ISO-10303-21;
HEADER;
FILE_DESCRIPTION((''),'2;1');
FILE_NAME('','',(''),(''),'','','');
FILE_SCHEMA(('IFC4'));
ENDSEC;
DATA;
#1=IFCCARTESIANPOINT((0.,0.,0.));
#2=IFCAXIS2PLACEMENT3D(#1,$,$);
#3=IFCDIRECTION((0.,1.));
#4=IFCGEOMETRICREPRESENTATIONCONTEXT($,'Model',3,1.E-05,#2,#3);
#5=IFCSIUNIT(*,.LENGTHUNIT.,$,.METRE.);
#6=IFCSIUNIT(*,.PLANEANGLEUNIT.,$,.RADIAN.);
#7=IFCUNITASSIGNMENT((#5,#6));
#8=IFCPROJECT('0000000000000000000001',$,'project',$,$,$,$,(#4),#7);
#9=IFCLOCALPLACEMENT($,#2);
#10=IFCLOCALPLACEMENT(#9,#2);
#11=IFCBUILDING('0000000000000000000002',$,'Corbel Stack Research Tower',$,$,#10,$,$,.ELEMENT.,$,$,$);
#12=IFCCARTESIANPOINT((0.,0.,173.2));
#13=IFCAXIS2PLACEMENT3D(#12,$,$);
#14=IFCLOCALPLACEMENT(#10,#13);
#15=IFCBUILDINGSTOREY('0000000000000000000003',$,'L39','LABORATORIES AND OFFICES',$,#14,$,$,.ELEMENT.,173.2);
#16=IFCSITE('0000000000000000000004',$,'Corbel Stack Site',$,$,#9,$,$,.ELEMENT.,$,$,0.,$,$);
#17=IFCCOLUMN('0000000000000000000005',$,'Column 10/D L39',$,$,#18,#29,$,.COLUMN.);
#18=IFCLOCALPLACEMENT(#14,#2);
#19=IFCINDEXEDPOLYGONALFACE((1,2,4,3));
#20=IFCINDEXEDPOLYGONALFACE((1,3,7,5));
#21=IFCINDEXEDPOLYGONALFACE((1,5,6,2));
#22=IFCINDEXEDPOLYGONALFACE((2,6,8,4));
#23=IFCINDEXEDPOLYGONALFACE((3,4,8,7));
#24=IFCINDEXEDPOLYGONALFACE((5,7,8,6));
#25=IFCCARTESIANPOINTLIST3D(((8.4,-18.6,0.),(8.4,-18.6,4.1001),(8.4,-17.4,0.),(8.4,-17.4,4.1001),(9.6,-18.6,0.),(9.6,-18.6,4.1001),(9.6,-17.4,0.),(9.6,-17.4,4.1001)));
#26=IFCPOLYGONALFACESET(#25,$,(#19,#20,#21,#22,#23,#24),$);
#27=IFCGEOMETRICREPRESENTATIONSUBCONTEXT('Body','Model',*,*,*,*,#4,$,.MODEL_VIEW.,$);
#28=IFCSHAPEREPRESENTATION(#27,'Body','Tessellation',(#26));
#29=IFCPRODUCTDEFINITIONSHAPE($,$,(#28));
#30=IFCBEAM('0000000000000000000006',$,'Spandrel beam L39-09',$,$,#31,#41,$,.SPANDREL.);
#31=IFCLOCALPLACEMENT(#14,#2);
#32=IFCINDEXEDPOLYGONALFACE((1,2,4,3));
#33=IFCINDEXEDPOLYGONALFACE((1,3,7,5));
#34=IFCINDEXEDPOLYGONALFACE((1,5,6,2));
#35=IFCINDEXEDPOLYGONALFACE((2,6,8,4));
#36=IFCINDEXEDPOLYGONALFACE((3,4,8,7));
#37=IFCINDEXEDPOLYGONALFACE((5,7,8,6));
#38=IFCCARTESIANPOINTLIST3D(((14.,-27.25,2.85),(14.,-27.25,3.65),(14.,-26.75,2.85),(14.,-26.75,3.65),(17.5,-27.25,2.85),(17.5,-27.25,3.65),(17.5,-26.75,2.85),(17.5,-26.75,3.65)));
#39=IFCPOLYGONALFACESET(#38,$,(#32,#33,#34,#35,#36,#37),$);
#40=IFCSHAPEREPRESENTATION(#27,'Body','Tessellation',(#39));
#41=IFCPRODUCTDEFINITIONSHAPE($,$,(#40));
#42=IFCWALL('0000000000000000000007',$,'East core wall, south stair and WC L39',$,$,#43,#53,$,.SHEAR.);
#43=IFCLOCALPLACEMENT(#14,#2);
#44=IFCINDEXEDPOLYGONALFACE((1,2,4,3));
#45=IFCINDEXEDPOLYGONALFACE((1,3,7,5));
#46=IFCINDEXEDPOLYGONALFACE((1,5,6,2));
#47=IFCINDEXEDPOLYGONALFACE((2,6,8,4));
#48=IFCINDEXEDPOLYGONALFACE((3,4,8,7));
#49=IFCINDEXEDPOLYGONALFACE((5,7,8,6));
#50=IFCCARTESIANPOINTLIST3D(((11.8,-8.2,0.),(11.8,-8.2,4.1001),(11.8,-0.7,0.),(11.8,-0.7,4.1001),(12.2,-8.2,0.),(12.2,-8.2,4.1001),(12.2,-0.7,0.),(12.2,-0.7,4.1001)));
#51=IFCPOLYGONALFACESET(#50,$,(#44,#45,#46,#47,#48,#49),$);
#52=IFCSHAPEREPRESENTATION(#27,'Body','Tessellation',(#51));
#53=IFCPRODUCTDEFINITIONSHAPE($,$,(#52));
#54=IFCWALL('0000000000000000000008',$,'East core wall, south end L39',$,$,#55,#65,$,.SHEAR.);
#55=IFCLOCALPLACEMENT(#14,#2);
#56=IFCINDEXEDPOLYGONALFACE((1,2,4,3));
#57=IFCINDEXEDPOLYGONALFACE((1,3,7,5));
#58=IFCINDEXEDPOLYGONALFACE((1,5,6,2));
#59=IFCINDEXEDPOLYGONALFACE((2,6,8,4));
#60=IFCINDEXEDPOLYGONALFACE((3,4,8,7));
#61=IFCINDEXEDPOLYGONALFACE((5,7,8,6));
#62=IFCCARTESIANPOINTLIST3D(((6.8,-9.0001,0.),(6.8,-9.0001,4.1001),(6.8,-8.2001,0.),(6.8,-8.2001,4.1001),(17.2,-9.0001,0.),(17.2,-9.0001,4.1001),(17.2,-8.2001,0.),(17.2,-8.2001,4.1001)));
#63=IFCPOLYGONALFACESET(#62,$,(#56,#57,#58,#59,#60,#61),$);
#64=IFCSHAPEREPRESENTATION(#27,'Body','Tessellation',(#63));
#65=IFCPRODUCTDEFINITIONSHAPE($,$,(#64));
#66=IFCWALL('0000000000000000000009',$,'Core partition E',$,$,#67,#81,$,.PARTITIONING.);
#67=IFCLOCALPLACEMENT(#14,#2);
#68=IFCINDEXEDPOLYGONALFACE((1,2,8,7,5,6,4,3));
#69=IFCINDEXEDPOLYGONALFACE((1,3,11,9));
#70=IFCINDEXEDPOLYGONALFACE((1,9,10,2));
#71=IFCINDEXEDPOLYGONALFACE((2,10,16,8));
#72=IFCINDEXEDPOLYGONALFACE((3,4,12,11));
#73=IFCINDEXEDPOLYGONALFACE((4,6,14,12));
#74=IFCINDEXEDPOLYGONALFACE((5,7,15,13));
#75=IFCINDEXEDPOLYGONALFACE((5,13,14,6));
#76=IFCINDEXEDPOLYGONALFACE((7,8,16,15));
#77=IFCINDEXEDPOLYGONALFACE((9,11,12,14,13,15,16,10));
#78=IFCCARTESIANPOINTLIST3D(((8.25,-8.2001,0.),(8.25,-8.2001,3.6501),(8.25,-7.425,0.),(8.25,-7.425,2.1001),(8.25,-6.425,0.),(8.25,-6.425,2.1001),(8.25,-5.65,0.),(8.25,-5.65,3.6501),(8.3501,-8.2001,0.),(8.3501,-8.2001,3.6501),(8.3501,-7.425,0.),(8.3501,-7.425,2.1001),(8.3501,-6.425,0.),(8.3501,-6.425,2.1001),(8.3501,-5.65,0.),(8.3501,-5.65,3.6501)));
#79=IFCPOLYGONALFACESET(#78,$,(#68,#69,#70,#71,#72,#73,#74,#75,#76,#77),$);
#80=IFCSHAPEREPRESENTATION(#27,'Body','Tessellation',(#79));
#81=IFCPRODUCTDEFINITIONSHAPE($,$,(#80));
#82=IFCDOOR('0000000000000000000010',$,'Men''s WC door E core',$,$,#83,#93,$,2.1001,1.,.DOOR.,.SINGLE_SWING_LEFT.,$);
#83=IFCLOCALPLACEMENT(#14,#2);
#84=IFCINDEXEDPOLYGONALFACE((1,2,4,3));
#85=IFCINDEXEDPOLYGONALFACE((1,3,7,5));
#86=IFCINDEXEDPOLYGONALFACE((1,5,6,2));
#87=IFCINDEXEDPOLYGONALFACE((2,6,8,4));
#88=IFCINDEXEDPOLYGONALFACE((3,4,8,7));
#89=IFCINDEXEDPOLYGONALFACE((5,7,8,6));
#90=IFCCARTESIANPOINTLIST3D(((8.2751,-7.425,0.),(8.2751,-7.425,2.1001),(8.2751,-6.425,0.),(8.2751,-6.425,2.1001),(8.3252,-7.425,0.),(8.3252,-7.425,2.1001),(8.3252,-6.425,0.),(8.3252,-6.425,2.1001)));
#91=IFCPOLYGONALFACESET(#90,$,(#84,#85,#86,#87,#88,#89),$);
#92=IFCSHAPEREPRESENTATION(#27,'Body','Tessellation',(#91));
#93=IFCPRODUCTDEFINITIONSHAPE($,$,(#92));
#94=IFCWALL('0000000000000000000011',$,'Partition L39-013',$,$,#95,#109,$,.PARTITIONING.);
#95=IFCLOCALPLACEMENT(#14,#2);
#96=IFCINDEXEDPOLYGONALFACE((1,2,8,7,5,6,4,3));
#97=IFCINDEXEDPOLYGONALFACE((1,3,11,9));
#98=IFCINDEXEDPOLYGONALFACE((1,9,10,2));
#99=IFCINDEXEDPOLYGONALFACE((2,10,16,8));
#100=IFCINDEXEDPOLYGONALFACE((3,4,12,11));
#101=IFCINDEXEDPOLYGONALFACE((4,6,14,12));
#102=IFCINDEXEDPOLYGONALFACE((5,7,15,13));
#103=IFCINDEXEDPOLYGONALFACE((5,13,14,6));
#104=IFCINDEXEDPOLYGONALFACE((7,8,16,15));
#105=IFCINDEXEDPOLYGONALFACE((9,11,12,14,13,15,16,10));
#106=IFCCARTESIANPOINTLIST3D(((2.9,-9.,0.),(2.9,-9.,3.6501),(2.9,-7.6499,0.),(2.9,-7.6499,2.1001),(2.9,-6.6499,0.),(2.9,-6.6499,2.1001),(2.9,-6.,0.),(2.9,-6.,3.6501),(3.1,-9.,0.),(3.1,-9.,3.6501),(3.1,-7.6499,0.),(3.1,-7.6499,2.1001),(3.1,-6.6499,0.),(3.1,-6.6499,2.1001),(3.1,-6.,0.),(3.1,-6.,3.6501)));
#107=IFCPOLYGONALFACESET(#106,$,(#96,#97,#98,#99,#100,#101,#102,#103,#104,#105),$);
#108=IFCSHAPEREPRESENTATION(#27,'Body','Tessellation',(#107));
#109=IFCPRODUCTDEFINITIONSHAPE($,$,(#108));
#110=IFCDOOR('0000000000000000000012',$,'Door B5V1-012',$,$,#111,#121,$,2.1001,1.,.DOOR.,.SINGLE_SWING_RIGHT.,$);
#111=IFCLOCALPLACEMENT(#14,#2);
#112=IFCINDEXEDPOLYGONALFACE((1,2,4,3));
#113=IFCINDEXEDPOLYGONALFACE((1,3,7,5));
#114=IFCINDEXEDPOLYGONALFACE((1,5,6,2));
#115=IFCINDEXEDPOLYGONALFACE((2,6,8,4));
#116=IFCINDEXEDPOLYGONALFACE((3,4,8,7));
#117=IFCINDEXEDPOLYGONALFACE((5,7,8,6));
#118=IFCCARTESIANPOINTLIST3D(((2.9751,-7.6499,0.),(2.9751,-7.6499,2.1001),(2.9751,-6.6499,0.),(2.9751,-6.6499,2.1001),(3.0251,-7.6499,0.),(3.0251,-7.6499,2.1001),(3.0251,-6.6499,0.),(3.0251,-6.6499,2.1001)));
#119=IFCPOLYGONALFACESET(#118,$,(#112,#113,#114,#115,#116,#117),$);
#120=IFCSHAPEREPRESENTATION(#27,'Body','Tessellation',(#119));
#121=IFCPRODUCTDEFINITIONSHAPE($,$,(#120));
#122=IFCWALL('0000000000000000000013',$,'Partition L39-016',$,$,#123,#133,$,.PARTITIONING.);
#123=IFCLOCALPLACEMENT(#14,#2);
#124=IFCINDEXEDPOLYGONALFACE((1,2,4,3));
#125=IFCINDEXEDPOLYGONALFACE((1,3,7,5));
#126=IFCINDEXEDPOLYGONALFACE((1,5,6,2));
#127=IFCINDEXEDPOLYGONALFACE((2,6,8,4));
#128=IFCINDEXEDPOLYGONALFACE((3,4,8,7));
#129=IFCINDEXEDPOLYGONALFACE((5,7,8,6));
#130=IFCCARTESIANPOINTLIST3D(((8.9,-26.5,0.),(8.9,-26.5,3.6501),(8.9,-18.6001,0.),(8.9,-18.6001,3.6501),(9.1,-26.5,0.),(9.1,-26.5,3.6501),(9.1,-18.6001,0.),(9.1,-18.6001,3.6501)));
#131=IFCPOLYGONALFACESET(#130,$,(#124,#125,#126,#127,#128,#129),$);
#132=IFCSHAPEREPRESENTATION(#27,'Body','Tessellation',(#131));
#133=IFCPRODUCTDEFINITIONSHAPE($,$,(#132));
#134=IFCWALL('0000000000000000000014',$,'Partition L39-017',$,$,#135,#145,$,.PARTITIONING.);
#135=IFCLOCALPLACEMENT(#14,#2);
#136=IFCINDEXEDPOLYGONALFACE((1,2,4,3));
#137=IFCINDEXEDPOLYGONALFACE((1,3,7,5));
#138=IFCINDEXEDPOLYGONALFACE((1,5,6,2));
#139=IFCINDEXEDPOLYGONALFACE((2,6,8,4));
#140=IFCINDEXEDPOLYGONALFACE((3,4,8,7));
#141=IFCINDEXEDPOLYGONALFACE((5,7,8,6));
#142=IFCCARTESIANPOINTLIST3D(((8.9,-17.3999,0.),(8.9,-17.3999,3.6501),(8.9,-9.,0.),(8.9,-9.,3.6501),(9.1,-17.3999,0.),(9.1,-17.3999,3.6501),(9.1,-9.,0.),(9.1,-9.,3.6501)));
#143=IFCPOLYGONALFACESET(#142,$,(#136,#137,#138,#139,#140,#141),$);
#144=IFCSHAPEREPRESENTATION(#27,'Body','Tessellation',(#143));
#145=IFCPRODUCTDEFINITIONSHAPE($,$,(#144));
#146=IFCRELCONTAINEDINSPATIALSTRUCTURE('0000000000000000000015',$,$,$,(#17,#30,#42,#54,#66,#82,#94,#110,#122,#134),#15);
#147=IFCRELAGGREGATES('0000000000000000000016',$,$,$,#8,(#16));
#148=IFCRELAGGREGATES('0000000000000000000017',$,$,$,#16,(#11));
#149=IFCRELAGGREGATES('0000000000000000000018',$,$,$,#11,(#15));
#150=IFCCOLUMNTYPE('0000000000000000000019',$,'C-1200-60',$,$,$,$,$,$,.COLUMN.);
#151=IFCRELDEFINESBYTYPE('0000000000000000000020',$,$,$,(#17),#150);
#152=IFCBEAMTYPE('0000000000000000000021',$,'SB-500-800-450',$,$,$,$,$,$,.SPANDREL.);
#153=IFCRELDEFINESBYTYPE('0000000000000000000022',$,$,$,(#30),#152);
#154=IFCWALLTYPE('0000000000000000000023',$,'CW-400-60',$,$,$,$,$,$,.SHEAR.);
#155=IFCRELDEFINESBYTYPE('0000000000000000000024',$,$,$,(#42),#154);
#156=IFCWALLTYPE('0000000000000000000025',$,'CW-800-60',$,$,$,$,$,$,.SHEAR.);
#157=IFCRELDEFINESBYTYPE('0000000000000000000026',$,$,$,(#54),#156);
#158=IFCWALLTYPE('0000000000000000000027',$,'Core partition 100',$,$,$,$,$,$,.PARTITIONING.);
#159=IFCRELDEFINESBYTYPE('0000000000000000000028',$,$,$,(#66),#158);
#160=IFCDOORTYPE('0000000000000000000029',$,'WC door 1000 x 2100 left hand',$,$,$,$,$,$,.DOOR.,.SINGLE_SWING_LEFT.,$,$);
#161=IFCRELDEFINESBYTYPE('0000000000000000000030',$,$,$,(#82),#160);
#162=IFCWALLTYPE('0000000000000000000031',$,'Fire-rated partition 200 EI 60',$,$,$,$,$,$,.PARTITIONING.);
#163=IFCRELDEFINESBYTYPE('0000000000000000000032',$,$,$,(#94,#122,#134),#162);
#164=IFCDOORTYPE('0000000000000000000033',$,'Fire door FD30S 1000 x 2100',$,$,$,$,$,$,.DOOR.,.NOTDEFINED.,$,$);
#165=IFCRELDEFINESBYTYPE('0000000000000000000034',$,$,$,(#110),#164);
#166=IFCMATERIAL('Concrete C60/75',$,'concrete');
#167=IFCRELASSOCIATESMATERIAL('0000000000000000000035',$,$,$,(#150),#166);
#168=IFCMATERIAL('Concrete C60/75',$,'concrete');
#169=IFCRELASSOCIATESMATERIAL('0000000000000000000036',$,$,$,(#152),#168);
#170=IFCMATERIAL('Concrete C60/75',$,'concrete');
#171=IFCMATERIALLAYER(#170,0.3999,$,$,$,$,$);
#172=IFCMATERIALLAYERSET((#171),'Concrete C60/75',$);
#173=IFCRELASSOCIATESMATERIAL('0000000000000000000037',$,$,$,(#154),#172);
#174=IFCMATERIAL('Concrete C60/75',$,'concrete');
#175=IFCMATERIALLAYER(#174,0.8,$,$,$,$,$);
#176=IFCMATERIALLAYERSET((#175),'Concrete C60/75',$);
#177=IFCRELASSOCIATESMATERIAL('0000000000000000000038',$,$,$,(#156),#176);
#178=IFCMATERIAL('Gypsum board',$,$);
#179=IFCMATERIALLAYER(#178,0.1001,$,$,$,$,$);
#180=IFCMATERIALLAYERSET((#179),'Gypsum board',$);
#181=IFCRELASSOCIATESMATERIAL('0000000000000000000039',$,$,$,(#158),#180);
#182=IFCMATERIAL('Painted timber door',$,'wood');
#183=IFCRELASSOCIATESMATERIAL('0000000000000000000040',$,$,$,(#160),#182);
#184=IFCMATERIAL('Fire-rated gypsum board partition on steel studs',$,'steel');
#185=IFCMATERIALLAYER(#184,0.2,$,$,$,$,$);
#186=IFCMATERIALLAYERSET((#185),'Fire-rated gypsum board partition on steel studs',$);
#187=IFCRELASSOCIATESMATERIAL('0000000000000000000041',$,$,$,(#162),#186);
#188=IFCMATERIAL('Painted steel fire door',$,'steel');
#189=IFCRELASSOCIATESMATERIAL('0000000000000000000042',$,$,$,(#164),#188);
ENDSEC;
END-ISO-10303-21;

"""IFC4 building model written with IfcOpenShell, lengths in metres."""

from ifc_helpers import new_model, si_unit, direction, frame, frame_2d, origin, origin_2d, place, context, subcontext, project, spatial, rectangle, extrude, material, layer, layer_set, material_profile, profile_set, type_object, element, fill, save


model = new_model("IFC4")

# Units and contexts
model_context = context("Model", 3, precision=1e-05, world=origin(), true_north=direction((0.0, 1.0)))
body_context = subcontext(model_context, "Body", "Model", "MODEL_VIEW")
ifc_project = project(units=[si_unit("LENGTHUNIT", "METRE"), si_unit("PLANEANGLEUNIT", "RADIAN")], contexts=[model_context])

# Site, building, storey
site_placement = place(None, origin())
site = spatial("IfcSite", under=ifc_project, at=site_placement, Name="Corbel Stack Site", CompositionType="ELEMENT", RefElevation=0.0)
building_placement = place(site_placement, origin())
building = spatial("IfcBuilding", under=site, at=building_placement, Name="Corbel Stack Research Tower", CompositionType="ELEMENT")
storey_placement = place(building_placement, frame((0.0, 0.0, 173.2)))
storey = spatial("IfcBuildingStorey", under=building, at=storey_placement, Name="L39", Description="LABORATORIES AND OFFICES", CompositionType="ELEMENT", Elevation=173.2)

# Column
ifc_material_1 = material(Name="Concrete C60/75", Category="concrete")
ifc_material_profile_1 = material_profile(ifc_material_1, rectangle(XDim=1.2, YDim=1.2, at=origin_2d()), Name="RC 1200 x 1200")
ifc_profile_set_1 = profile_set([ifc_material_profile_1], Name="Concrete C60/75")
column_type = type_object("IfcColumnType", Name="C-1200-60", PredefinedType="COLUMN", material=ifc_profile_set_1)
column_placement = place(storey_placement, frame((9.0, -18.0, 0.0), z_axis=(0.0, 0.0, 1.0), x_axis=(1.0, 0.0, 0.0)))
element("IfcColumn", 1, at=column_placement, inside=storey, type_object=column_type, Name="Column 10/D L39", PredefinedType="COLUMN", context=body_context, shape_type="SweptSolid", body=[
    extrude(rectangle(XDim=1.2, YDim=1.2, at=origin_2d()), origin(), (0.0, 0.0, 1.0), 4.1001),
])

# Beam
ifc_material_2 = material(Name="Concrete C60/75", Category="concrete")
ifc_material_profile_2 = material_profile(ifc_material_2, rectangle(XDim=0.5, YDim=0.8, at=origin_2d()), Name="RC 500 x 800")
ifc_profile_set_2 = profile_set([ifc_material_profile_2], Name="Concrete C60/75")
beam_type = type_object("IfcBeamType", Name="SB-500-800-450", PredefinedType="SPANDREL", material=ifc_profile_set_2)
beam_placement = place(storey_placement, frame((14.0, -27.0, 3.25), z_axis=(1.0, 0.0, 0.0), x_axis=(0.0, 1.0, 0.0)))
element("IfcBeam", 2, at=beam_placement, inside=storey, type_object=beam_type, Name="Spandrel beam L39-09", PredefinedType="SPANDREL", context=body_context, shape_type="SweptSolid", body=[
    extrude(rectangle(XDim=0.5, YDim=0.8, at=origin_2d()), origin(), (0.0, 0.0, 1.0), 3.5),
])

# Wall
ifc_material_3 = material(Name="Concrete C60/75", Category="concrete")
ifc_layer_1 = layer(ifc_material_3, 0.3999)
ifc_layer_set_1 = layer_set([ifc_layer_1], Name="Concrete C60/75")
wall_type_1 = type_object("IfcWallType", Name="CW-400-60", PredefinedType="SHEAR", material=ifc_layer_set_1)
wall_1_placement = place(storey_placement, frame((12.0, -8.2, 0.0), z_axis=(0.0, 0.0, 1.0), x_axis=(0.0, 1.0, 0.0)))
element("IfcWall", 3, at=wall_1_placement, inside=storey, type_object=wall_type_1, Name="East core wall, south stair and WC L39", PredefinedType="SHEAR", context=body_context, shape_type="SweptSolid", body=[
    extrude(rectangle(XDim=7.5, YDim=0.3999, at=frame_2d((3.75, 0.0))), origin(), (0.0, 0.0, 1.0), 4.1001),
])

# Shared definitions
ifc_material_4 = material(Name="Concrete C60/75", Category="concrete")
ifc_layer_2 = layer(ifc_material_4, 0.8)
ifc_layer_set_2 = layer_set([ifc_layer_2], Name="Concrete C60/75")
wall_type_2 = type_object("IfcWallType", Name="CW-800-60", PredefinedType="SHEAR", material=ifc_layer_set_2)

# Wall
wall_2_placement = place(storey_placement, frame((6.8, -8.6001, 0.0), z_axis=(0.0, 0.0, 1.0), x_axis=(1.0, 0.0, 0.0)))
element("IfcWall", 4, at=wall_2_placement, inside=storey, type_object=wall_type_2, Name="East core wall, south end L39", PredefinedType="SHEAR", context=body_context, shape_type="SweptSolid", body=[
    extrude(rectangle(XDim=10.3999, YDim=0.8, at=frame_2d((5.2, 0.0))), origin(), (0.0, 0.0, 1.0), 4.1001),
])

# Walls, openings, doors
ifc_material_5 = material(Name="Gypsum board")
ifc_layer_3 = layer(ifc_material_5, 0.1001)
ifc_layer_set_3 = layer_set([ifc_layer_3], Name="Gypsum board")
wall_type_3 = type_object("IfcWallType", Name="Core partition 100", PredefinedType="PARTITIONING", material=ifc_layer_set_3)
wall_3_placement = place(storey_placement, frame((8.3, -8.2, 0.0), z_axis=(0.0, 0.0, 1.0), x_axis=(0.0, 1.0, 0.0)))
wall_3 = element("IfcWall", 5, at=wall_3_placement, inside=storey, type_object=wall_type_3, Name="Core partition E", PredefinedType="PARTITIONING", context=body_context, shape_type="SweptSolid", body=[
    extrude(rectangle(XDim=2.55, YDim=0.1001, at=frame_2d((1.2749, 0.0))), origin(), (0.0, 0.0, 1.0), 3.6501),
])
opening_1_placement = place(wall_3_placement, frame((0.7749, 0.0, 0.0)))
opening_1 = element("IfcOpeningElement", 6, at=opening_1_placement, cuts=wall_3, PredefinedType="OPENING", context=body_context, shape_type="SweptSolid", body=[
    extrude(rectangle(XDim=1.0, YDim=2.1001, at=frame_2d((0.5, 1.05))), frame((0.0, 0.0601, 0.0), z_axis=(0.0, -1.0, 0.0), x_axis=(1.0, 0.0, 0.0)), (0.0, 0.0, 1.0), 0.1201),
])
ifc_material_6 = material(Name="Painted timber door", Category="wood")
door_type_1 = type_object("IfcDoorType", Name="WC door 1000 x 2100 left hand", OperationType="SINGLE_SWING_LEFT", PredefinedType="DOOR", material=ifc_material_6)
door_1_placement = place(opening_1_placement, origin())
door_1 = element("IfcDoor", 7, at=door_1_placement, inside=storey, type_object=door_type_1, Name="Men's WC door E core", OperationType="SINGLE_SWING_LEFT", OverallHeight=2.1001, OverallWidth=1.0, PredefinedType="DOOR", context=body_context, shape_type="SweptSolid", body=[
    extrude(rectangle(XDim=1.0, YDim=2.1001, at=frame_2d((0.5, 1.05))), frame((0.0, 0.0249, 0.0), z_axis=(0.0, -1.0, 0.0), x_axis=(1.0, 0.0, 0.0)), (0.0, 0.0, 1.0), 0.05),
])
fill(opening_1, door_1)
ifc_material_7 = material(Name="Fire-rated gypsum board partition on steel studs", Category="steel")
ifc_layer_4 = layer(ifc_material_7, 0.2)
ifc_layer_set_4 = layer_set([ifc_layer_4], Name="Fire-rated gypsum board partition on steel studs")
wall_type_4 = type_object("IfcWallType", Name="Fire-rated partition 200 EI 60", PredefinedType="PARTITIONING", material=ifc_layer_set_4)
wall_4_placement = place(storey_placement, frame((3.0, -9.0, 0.0), z_axis=(0.0, 0.0, 1.0), x_axis=(0.0, 1.0, 0.0)))
wall_4 = element("IfcWall", 8, at=wall_4_placement, inside=storey, type_object=wall_type_4, Name="Partition L39-013", PredefinedType="PARTITIONING", context=body_context, shape_type="SweptSolid", body=[
    extrude(rectangle(XDim=3.0, YDim=0.2, at=frame_2d((1.5, 0.0))), origin(), (0.0, 0.0, 1.0), 3.6501),
])
opening_2_placement = place(wall_4_placement, frame((1.3501, 0.0, 0.0)))
opening_2 = element("IfcOpeningElement", 9, at=opening_2_placement, cuts=wall_4, PredefinedType="OPENING", context=body_context, shape_type="SweptSolid", body=[
    extrude(rectangle(XDim=1.0, YDim=2.1001, at=frame_2d((0.5, 1.05))), frame((0.0, 0.1099, 0.0), z_axis=(0.0, -1.0, 0.0), x_axis=(1.0, 0.0, 0.0)), (0.0, 0.0, 1.0), 0.22),
])
ifc_material_8 = material(Name="Painted steel fire door", Category="steel")
door_type_2 = type_object("IfcDoorType", Name="Fire door FD30S 1000 x 2100", OperationType="NOTDEFINED", PredefinedType="DOOR", material=ifc_material_8)
door_2_placement = place(opening_2_placement, origin())
door_2 = element("IfcDoor", 10, at=door_2_placement, inside=storey, type_object=door_type_2, Name="Door B5V1-012", OperationType="SINGLE_SWING_RIGHT", OverallHeight=2.1001, OverallWidth=1.0, PredefinedType="DOOR", context=body_context, shape_type="SweptSolid", body=[
    extrude(rectangle(XDim=1.0, YDim=2.1001, at=frame_2d((0.5, 1.05))), frame((0.0, 0.0249, 0.0), z_axis=(0.0, -1.0, 0.0), x_axis=(1.0, 0.0, 0.0)), (0.0, 0.0, 1.0), 0.05),
])
fill(opening_2, door_2)

# Walls
wall_5_placement = place(storey_placement, frame((9.0, -26.5, 0.0), z_axis=(0.0, 0.0, 1.0), x_axis=(0.0, 1.0, 0.0)))
element("IfcWall", 11, at=wall_5_placement, inside=storey, type_object=wall_type_4, Name="Partition L39-016", PredefinedType="PARTITIONING", context=body_context, shape_type="SweptSolid", body=[
    extrude(rectangle(XDim=7.8999, YDim=0.2, at=frame_2d((3.95, 0.0))), origin(), (0.0, 0.0, 1.0), 3.6501),
])
wall_6_placement = place(storey_placement, frame((9.0, -17.3999, 0.0), z_axis=(0.0, 0.0, 1.0), x_axis=(0.0, 1.0, 0.0)))
element("IfcWall", 12, at=wall_6_placement, inside=storey, type_object=wall_type_4, Name="Partition L39-017", PredefinedType="PARTITIONING", context=body_context, shape_type="SweptSolid", body=[
    extrude(rectangle(XDim=8.3999, YDim=0.2, at=frame_2d((4.2, 0.0))), origin(), (0.0, 0.0, 1.0), 3.6501),
])

save(model, "model.ifc")
